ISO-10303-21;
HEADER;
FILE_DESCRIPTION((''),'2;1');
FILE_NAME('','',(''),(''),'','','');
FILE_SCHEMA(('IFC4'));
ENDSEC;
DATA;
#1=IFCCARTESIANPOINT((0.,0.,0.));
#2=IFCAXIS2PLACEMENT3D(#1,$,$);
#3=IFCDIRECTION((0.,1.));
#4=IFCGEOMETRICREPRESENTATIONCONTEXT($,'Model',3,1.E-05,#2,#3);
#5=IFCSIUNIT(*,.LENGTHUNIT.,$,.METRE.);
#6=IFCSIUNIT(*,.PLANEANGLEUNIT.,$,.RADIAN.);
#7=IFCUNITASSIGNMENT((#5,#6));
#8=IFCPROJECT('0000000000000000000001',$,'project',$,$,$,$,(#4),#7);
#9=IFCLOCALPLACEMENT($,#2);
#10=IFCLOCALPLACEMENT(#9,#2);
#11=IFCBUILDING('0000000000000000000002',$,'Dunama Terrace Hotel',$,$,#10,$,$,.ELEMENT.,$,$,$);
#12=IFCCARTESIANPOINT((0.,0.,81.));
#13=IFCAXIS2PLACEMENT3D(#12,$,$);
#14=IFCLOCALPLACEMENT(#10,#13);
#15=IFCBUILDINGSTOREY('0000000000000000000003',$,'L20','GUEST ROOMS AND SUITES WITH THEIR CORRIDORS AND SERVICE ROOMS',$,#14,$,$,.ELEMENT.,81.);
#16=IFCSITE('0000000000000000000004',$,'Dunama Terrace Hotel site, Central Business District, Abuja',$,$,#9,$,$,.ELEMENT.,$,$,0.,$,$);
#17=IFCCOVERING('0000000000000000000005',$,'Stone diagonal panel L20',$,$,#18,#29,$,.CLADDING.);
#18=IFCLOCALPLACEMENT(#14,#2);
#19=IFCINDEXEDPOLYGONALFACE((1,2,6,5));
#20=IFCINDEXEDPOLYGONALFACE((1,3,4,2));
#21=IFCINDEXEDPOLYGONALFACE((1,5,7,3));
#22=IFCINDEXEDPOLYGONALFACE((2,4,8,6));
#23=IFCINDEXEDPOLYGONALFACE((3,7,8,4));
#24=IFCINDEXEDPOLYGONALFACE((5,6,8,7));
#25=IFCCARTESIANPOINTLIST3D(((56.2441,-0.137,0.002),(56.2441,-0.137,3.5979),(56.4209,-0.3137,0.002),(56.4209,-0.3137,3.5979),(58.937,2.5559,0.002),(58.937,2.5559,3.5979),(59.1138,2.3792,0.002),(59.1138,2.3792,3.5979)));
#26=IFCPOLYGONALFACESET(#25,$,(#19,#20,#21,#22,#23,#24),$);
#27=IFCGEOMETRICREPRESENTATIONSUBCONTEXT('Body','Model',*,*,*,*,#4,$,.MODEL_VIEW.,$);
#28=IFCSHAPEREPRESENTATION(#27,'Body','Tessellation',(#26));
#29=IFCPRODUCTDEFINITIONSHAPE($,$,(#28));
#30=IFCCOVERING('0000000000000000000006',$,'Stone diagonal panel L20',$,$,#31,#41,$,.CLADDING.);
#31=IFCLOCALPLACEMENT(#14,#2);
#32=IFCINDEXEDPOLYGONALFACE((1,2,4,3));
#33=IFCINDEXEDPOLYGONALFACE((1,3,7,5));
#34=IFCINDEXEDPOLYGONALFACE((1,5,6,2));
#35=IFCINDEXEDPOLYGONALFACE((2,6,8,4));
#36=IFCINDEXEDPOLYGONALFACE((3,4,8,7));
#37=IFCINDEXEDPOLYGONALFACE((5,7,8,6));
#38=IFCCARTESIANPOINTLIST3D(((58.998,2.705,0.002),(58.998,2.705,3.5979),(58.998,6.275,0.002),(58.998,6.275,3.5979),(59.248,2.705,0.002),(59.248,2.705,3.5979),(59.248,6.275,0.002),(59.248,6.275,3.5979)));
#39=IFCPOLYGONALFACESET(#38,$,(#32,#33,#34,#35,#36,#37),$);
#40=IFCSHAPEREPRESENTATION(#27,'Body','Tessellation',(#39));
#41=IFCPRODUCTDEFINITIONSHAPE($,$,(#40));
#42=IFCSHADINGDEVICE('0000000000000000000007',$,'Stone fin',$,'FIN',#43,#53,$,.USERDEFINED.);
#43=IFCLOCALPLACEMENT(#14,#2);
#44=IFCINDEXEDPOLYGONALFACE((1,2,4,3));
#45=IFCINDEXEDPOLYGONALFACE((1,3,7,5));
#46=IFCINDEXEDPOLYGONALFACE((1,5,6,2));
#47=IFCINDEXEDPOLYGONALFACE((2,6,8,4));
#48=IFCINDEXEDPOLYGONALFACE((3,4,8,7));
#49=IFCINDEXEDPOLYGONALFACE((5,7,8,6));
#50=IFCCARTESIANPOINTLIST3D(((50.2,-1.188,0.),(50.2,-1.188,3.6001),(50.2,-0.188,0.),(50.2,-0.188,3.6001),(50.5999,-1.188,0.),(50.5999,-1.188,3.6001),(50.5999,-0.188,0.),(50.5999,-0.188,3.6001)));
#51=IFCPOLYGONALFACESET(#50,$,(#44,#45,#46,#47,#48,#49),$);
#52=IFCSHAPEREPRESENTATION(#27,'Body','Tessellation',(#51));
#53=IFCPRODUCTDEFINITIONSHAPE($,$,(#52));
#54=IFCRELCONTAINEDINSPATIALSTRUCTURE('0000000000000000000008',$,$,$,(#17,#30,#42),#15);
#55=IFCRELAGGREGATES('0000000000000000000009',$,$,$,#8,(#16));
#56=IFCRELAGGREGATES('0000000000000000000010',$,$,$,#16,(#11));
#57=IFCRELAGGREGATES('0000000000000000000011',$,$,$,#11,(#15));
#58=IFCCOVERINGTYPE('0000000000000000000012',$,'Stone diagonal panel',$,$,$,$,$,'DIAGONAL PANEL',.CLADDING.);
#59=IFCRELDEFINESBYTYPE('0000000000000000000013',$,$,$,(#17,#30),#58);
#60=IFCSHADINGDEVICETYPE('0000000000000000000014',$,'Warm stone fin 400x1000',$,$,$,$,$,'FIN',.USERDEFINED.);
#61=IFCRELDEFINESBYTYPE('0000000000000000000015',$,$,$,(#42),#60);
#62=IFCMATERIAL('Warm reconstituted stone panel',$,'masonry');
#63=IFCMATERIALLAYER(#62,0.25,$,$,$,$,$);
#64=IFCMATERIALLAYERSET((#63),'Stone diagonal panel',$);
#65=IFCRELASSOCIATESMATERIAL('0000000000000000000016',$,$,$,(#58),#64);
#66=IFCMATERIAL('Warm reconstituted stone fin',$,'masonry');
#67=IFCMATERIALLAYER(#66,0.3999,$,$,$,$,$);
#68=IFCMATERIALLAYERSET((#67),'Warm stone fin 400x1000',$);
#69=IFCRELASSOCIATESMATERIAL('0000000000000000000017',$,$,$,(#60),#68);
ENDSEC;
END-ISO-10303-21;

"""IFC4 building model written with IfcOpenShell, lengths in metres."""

from ifc_helpers import new_model, si_unit, direction, frame, origin, origin_2d, place, context, subcontext, project, spatial, rectangle, extrude, material, layer, layer_set, type_object, element, save


model = new_model("IFC4")

# Units and contexts
model_context = context("Model", 3, precision=1e-05, world=origin(), true_north=direction((0.0, 1.0)))
body_context = subcontext(model_context, "Body", "Model", "MODEL_VIEW")
ifc_project = project(units=[si_unit("LENGTHUNIT", "METRE"), si_unit("PLANEANGLEUNIT", "RADIAN")], contexts=[model_context])

# Site, building, storey
site_placement = place(None, origin())
site = spatial("IfcSite", under=ifc_project, at=site_placement, Name="Dunama Terrace Hotel site, Central Business District, Abuja", CompositionType="ELEMENT", RefElevation=0.0)
building_placement = place(site_placement, origin())
building = spatial("IfcBuilding", under=site, at=building_placement, Name="Dunama Terrace Hotel", CompositionType="ELEMENT")
storey_placement = place(building_placement, frame((0.0, 0.0, 81.0)))
storey = spatial("IfcBuildingStorey", under=building, at=storey_placement, Name="L20", Description="GUEST ROOMS AND SUITES WITH THEIR CORRIDORS AND SERVICE ROOMS", CompositionType="ELEMENT", Elevation=81.0)

# Coverings
ifc_material_1 = material(Name="Warm reconstituted stone panel", Category="masonry")
ifc_layer_1 = layer(ifc_material_1, 0.25)
ifc_layer_set_1 = layer_set([ifc_layer_1], Name="Stone diagonal panel")
covering_type = type_object("IfcCoveringType", Name="Stone diagonal panel", ElementType="DIAGONAL PANEL", PredefinedType="CLADDING", material=ifc_layer_set_1)
covering_1_placement = place(storey_placement, frame((57.679, 1.1211, 0.002), z_axis=(0.0, 0.0, 1.0), x_axis=(0.707107, 0.707107, 0.0)))
element("IfcCovering", 1, at=covering_1_placement, inside=storey, type_object=covering_type, Name="Stone diagonal panel L20", PredefinedType="CLADDING", context=body_context, shape_type="SweptSolid", body=[
    extrude(rectangle(XDim=3.8083, YDim=0.25, at=origin_2d()), origin(), (0.0, 0.0, 1.0), 3.5959),
])
covering_2_placement = place(storey_placement, frame((59.123, 4.49, 0.002), z_axis=(0.0, 0.0, 1.0), x_axis=(0.0, 1.0, 0.0)))
element("IfcCovering", 2, at=covering_2_placement, inside=storey, type_object=covering_type, Name="Stone diagonal panel L20", PredefinedType="CLADDING", context=body_context, shape_type="SweptSolid", body=[
    extrude(rectangle(XDim=3.5701, YDim=0.25, at=origin_2d()), origin(), (0.0, 0.0, 1.0), 3.5959),
])

# Shading device
ifc_material_2 = material(Name="Warm reconstituted stone fin", Category="masonry")
ifc_layer_2 = layer(ifc_material_2, 0.3999)
ifc_layer_set_2 = layer_set([ifc_layer_2], Name="Warm stone fin 400x1000")
shading_device_type = type_object("IfcShadingDeviceType", Name="Warm stone fin 400x1000", ElementType="FIN", PredefinedType="USERDEFINED", material=ifc_layer_set_2)
shading_device_placement = place(storey_placement, frame((50.3999, -0.688, 0.0), z_axis=(0.0, 0.0, 1.0), x_axis=(1.0, 0.0, 0.0)))
element("IfcShadingDevice", 3, at=shading_device_placement, inside=storey, type_object=shading_device_type, Name="Stone fin", ObjectType="FIN", PredefinedType="USERDEFINED", context=body_context, shape_type="SweptSolid", body=[
    extrude(rectangle(XDim=0.3999, YDim=1.0, at=origin_2d()), origin(), (0.0, 0.0, 1.0), 3.6001),
])

save(model, "model.ifc")
